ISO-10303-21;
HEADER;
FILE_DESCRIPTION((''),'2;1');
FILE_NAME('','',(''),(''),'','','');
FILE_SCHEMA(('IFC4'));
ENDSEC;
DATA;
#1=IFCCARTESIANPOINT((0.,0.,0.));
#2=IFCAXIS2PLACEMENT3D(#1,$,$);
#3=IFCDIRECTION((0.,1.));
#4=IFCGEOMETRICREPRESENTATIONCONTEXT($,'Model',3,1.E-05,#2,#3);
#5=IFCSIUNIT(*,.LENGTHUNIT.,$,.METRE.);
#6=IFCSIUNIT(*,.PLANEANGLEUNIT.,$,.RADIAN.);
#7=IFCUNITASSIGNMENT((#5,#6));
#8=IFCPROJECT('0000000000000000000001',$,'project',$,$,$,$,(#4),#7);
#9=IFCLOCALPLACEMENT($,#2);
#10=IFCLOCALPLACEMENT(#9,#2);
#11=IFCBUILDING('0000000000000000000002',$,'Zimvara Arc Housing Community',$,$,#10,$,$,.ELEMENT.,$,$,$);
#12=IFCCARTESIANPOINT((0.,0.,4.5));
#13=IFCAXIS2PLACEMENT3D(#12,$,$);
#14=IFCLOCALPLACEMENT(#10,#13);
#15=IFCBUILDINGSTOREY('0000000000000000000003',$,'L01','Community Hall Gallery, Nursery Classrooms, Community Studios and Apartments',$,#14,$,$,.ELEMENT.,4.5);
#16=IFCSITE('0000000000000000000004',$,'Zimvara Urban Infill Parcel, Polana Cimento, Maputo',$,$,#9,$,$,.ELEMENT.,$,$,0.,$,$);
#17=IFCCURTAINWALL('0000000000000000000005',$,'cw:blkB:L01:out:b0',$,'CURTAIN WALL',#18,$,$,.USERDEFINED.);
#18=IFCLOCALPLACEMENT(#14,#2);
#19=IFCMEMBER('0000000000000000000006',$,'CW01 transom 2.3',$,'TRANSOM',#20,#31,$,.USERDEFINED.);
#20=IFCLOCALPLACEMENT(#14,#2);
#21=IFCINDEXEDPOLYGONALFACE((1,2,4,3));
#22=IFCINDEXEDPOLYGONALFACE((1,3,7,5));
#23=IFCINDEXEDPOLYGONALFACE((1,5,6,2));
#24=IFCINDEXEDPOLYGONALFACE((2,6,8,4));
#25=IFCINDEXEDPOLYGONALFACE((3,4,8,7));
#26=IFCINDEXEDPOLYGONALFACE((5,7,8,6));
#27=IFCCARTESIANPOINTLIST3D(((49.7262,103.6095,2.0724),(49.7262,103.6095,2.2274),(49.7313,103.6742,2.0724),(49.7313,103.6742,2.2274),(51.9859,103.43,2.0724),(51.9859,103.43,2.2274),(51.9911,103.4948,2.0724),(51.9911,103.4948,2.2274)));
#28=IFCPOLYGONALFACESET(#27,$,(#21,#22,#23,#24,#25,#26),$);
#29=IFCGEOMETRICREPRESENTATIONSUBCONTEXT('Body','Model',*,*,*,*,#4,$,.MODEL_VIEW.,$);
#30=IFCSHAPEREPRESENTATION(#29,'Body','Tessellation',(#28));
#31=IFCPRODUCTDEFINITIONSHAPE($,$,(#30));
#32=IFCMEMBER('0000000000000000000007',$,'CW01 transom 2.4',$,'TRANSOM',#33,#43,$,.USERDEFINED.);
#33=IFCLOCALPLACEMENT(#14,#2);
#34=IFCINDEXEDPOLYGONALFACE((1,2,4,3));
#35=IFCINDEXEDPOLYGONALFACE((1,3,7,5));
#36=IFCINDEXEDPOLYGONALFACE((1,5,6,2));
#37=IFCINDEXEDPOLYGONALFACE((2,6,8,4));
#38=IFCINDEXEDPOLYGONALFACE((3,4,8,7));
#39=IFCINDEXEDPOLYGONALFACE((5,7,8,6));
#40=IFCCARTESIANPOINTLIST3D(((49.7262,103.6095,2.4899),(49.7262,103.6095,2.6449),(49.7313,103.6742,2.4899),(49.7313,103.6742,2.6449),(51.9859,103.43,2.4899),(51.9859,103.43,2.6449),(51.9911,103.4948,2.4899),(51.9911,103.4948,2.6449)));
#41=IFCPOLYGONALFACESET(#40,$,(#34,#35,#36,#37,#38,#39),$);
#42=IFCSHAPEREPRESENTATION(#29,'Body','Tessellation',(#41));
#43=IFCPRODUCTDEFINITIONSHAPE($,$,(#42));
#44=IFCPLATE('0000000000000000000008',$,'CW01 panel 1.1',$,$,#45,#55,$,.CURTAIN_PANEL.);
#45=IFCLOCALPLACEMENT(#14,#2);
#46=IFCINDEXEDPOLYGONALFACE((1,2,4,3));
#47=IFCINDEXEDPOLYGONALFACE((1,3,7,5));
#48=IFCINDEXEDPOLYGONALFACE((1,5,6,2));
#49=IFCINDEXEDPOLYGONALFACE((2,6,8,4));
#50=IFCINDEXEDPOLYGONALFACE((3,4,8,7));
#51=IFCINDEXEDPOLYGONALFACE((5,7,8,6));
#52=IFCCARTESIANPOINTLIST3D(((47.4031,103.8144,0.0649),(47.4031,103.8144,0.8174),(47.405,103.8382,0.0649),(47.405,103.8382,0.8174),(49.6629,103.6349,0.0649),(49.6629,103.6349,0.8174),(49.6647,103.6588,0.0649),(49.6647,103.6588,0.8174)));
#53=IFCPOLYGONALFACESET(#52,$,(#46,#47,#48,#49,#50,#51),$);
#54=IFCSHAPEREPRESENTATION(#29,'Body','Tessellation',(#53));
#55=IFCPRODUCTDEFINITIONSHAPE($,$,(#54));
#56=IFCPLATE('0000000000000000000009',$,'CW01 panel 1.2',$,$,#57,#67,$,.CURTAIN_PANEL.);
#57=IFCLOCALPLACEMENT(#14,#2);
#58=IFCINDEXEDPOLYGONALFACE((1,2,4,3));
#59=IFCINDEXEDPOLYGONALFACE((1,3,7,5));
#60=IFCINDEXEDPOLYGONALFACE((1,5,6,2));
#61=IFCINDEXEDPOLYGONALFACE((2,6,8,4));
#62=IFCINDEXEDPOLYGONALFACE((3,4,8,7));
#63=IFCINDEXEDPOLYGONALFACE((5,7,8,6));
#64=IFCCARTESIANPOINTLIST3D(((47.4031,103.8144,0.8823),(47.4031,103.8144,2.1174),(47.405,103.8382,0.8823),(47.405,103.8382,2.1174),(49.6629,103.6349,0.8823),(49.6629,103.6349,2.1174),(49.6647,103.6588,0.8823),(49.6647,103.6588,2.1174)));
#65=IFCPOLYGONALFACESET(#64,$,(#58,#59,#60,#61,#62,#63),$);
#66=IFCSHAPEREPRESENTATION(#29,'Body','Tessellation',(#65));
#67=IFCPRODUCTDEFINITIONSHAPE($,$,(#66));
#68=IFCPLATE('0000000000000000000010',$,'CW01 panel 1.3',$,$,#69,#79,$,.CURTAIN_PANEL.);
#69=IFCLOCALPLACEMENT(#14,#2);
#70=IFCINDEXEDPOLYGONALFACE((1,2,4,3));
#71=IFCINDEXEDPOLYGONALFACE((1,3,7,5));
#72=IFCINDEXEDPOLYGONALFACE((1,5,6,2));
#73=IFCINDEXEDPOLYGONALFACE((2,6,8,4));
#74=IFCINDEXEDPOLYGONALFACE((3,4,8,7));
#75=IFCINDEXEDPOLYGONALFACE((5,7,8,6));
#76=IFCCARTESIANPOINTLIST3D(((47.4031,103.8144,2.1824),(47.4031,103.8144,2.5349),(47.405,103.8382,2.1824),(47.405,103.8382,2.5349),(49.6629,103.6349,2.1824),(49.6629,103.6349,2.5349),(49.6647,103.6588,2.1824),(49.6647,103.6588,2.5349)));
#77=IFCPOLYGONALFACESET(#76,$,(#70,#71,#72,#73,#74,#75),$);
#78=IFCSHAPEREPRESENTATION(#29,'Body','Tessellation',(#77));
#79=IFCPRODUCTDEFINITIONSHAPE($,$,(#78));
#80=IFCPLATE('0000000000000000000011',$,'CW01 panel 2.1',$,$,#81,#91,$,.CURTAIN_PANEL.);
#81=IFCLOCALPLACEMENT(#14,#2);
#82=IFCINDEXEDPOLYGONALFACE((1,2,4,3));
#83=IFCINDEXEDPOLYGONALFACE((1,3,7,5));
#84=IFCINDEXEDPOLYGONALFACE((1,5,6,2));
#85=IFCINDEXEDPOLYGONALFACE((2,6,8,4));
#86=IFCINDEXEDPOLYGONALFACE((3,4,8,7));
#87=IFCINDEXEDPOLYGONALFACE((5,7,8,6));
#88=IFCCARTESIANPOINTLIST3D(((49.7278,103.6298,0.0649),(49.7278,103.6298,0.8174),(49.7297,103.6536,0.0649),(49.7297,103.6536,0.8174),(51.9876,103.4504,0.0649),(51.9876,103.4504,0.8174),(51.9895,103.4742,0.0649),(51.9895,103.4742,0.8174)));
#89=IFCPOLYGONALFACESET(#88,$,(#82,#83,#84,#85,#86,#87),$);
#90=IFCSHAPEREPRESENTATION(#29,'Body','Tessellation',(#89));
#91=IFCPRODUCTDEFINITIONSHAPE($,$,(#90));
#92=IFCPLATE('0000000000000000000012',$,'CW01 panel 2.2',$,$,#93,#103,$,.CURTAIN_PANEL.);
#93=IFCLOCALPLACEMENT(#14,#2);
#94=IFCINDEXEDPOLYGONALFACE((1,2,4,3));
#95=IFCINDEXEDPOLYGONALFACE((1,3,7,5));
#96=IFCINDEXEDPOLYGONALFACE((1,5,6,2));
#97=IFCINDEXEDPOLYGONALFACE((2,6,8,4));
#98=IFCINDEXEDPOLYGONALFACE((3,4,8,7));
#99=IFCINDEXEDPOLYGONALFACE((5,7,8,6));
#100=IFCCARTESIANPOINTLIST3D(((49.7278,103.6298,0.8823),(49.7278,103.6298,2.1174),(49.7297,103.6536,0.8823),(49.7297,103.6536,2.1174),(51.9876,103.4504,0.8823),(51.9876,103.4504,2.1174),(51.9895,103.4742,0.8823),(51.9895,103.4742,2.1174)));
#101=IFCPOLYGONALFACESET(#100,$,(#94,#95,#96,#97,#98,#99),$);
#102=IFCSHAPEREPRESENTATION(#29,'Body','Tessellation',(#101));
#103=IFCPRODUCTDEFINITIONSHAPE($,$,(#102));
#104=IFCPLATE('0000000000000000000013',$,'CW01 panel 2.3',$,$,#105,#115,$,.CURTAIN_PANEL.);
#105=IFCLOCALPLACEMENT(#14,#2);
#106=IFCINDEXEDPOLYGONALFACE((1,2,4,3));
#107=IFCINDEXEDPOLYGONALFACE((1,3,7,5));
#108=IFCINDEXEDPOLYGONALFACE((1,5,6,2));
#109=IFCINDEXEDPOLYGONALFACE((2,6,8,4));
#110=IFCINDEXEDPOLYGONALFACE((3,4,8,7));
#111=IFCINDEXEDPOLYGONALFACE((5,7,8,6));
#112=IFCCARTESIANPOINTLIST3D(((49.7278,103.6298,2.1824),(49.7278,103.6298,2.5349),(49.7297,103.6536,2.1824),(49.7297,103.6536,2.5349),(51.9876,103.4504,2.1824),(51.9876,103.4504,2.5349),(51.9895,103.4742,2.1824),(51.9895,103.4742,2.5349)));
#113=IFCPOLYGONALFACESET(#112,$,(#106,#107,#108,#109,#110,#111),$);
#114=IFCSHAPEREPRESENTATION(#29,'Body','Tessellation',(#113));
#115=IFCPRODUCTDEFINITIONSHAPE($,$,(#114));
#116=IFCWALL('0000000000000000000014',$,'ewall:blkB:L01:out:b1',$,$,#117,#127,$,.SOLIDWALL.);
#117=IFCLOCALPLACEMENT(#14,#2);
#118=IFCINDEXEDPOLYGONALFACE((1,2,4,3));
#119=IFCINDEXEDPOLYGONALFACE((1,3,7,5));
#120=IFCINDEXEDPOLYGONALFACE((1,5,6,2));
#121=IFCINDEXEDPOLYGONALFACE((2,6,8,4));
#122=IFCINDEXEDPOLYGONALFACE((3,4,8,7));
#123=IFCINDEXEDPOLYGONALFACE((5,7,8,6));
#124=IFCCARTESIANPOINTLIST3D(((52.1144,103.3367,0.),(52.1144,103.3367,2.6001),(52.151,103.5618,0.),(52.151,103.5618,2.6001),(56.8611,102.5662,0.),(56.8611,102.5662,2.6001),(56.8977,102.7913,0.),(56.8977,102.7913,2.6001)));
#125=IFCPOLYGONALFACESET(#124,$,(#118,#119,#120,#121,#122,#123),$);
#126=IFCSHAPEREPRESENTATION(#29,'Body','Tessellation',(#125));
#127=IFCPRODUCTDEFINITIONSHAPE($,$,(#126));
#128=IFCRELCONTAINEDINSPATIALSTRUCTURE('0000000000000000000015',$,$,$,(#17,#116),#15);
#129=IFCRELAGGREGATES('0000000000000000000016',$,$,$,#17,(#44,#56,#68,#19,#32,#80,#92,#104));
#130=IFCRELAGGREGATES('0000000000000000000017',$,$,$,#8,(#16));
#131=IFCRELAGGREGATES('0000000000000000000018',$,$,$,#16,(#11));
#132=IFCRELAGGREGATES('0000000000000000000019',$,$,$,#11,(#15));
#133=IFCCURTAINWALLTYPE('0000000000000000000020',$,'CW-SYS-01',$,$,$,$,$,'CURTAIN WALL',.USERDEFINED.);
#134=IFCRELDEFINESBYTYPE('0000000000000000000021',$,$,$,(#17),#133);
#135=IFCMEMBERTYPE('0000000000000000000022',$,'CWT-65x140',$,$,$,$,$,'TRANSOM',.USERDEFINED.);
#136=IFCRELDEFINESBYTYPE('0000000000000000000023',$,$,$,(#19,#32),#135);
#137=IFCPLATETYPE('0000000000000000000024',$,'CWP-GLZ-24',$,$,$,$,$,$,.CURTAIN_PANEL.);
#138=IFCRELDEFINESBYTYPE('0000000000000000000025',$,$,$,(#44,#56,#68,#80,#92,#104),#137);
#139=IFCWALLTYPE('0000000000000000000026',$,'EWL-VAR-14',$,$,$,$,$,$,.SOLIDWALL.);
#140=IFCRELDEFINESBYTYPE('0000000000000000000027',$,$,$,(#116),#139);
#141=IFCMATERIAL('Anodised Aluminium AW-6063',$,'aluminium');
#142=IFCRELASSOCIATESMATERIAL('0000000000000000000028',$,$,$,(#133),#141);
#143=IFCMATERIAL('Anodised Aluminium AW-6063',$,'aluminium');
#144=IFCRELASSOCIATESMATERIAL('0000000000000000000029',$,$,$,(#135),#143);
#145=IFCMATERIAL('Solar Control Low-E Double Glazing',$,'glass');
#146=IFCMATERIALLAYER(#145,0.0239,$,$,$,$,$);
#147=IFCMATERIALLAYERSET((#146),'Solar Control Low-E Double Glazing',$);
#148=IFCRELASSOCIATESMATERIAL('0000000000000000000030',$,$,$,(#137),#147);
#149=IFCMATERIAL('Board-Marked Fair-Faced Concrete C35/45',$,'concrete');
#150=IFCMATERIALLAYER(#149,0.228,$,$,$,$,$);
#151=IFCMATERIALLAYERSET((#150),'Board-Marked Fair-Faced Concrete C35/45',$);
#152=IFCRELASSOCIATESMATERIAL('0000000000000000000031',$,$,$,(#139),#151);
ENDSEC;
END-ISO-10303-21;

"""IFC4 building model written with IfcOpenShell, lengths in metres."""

from ifc_helpers import new_model, si_unit, direction, frame, frame_2d, origin, origin_2d, place, context, subcontext, project, spatial, rectangle, extrude, material, layer, layer_set, material_profile, profile_set, type_object, element, aggregate, save


model = new_model("IFC4")

# Units and contexts
model_context = context("Model", 3, precision=1e-05, world=origin(), true_north=direction((0.0, 1.0)))
body_context = subcontext(model_context, "Body", "Model", "MODEL_VIEW")
ifc_project = project(units=[si_unit("LENGTHUNIT", "METRE"), si_unit("PLANEANGLEUNIT", "RADIAN")], contexts=[model_context])

# Site, building, storey
site_placement = place(None, origin())
site = spatial("IfcSite", under=ifc_project, at=site_placement, Name="Zimvara Urban Infill Parcel, Polana Cimento, Maputo", CompositionType="ELEMENT", RefElevation=0.0)
building_placement = place(site_placement, origin())
building = spatial("IfcBuilding", under=site, at=building_placement, Name="Zimvara Arc Housing Community", CompositionType="ELEMENT")
storey_placement = place(building_placement, frame((0.0, 0.0, 4.5)))
storey = spatial("IfcBuildingStorey", under=building, at=storey_placement, Name="L01", Description="Community Hall Gallery, Nursery Classrooms, Community Studios and Apartments", CompositionType="ELEMENT", Elevation=4.5)

# Curtain wall, members, plates
ifc_material_1 = material(Name="Anodised Aluminium AW-6063", Category="aluminium")
curtain_wall_type = type_object("IfcCurtainWallType", Name="CW-SYS-01", ElementType="CURTAIN WALL", PredefinedType="USERDEFINED", material=ifc_material_1)
curtain_wall_placement = place(storey_placement, origin())
curtain_wall = element("IfcCurtainWall", 1, at=curtain_wall_placement, inside=storey, type_object=curtain_wall_type, Name="cw:blkB:L01:out:b0", ObjectType="CURTAIN WALL", PredefinedType="USERDEFINED")
ifc_material_2 = material(Name="Anodised Aluminium AW-6063", Category="aluminium")
ifc_material_profile_1 = material_profile(ifc_material_2, rectangle(XDim=0.0649, YDim=0.155, at=origin_2d()), Name="ALU 65x155")
ifc_profile_set_1 = profile_set([ifc_material_profile_1], Name="Anodised Aluminium AW-6063")
member_type_1 = type_object("IfcMemberType", Name="CWT-65x140", ElementType="TRANSOM", PredefinedType="USERDEFINED", material=ifc_profile_set_1)
member_1_placement = place(storey_placement, frame((49.7288, 103.6418, 2.1499), z_axis=(0.996862, -0.079159, 0.0), x_axis=(0.079159, 0.996862, 0.0)))
member_1 = element("IfcMember", 2, at=member_1_placement, type_object=member_type_1, Name="CW01 transom 2.3", ObjectType="TRANSOM", PredefinedType="USERDEFINED", context=body_context, shape_type="SweptSolid", body=[
    extrude(rectangle(XDim=0.0649, YDim=0.155, at=origin_2d()), origin(), (0.0, 0.0, 1.0), 2.2668),
])
member_2_placement = place(storey_placement, frame((49.7288, 103.6418, 2.5674), z_axis=(0.996862, -0.079159, 0.0), x_axis=(0.079159, 0.996862, 0.0)))
member_2 = element("IfcMember", 3, at=member_2_placement, type_object=member_type_1, Name="CW01 transom 2.4", ObjectType="TRANSOM", PredefinedType="USERDEFINED", context=body_context, shape_type="SweptSolid", body=[
    extrude(rectangle(XDim=0.0649, YDim=0.155, at=origin_2d()), origin(), (0.0, 0.0, 1.0), 2.2668),
])
ifc_material_3 = material(Name="Solar Control Low-E Double Glazing", Category="glass")
ifc_layer_1 = layer(ifc_material_3, 0.0239)
ifc_layer_set_1 = layer_set([ifc_layer_1], Name="Solar Control Low-E Double Glazing")
plate_type = type_object("IfcPlateType", Name="CWP-GLZ-24", PredefinedType="CURTAIN_PANEL", material=ifc_layer_set_1)
plate_1_placement = place(storey_placement, frame((48.5339, 103.7366, 0.0649), z_axis=(0.0, 0.0, 1.0), x_axis=(0.996862, -0.079154, 0.0)))
plate_1 = element("IfcPlate", 4, at=plate_1_placement, type_object=plate_type, Name="CW01 panel 1.1", PredefinedType="CURTAIN_PANEL", context=body_context, shape_type="SweptSolid", body=[
    extrude(rectangle(XDim=2.2668, YDim=0.0239, at=origin_2d()), origin(), (0.0, 0.0, 1.0), 0.7524),
])
plate_2_placement = place(storey_placement, frame((48.5339, 103.7366, 0.8823), z_axis=(0.0, 0.0, 1.0), x_axis=(0.996862, -0.079154, 0.0)))
plate_2 = element("IfcPlate", 5, at=plate_2_placement, type_object=plate_type, Name="CW01 panel 1.2", PredefinedType="CURTAIN_PANEL", context=body_context, shape_type="SweptSolid", body=[
    extrude(rectangle(XDim=2.2668, YDim=0.0239, at=origin_2d()), origin(), (0.0, 0.0, 1.0), 1.2351),
])
plate_3_placement = place(storey_placement, frame((48.5339, 103.7366, 2.1824), z_axis=(0.0, 0.0, 1.0), x_axis=(0.996862, -0.079154, 0.0)))
plate_3 = element("IfcPlate", 6, at=plate_3_placement, type_object=plate_type, Name="CW01 panel 1.3", PredefinedType="CURTAIN_PANEL", context=body_context, shape_type="SweptSolid", body=[
    extrude(rectangle(XDim=2.2668, YDim=0.0239, at=origin_2d()), origin(), (0.0, 0.0, 1.0), 0.3525),
])
plate_4_placement = place(storey_placement, frame((50.8586, 103.552, 0.0649), z_axis=(0.0, 0.0, 1.0), x_axis=(0.996862, -0.079154, 0.0)))
plate_4 = element("IfcPlate", 7, at=plate_4_placement, type_object=plate_type, Name="CW01 panel 2.1", PredefinedType="CURTAIN_PANEL", context=body_context, shape_type="SweptSolid", body=[
    extrude(rectangle(XDim=2.2668, YDim=0.0239, at=origin_2d()), origin(), (0.0, 0.0, 1.0), 0.7524),
])
plate_5_placement = place(storey_placement, frame((50.8586, 103.552, 0.8823), z_axis=(0.0, 0.0, 1.0), x_axis=(0.996862, -0.079154, 0.0)))
plate_5 = element("IfcPlate", 8, at=plate_5_placement, type_object=plate_type, Name="CW01 panel 2.2", PredefinedType="CURTAIN_PANEL", context=body_context, shape_type="SweptSolid", body=[
    extrude(rectangle(XDim=2.2668, YDim=0.0239, at=origin_2d()), origin(), (0.0, 0.0, 1.0), 1.2351),
])
plate_6_placement = place(storey_placement, frame((50.8586, 103.552, 2.1824), z_axis=(0.0, 0.0, 1.0), x_axis=(0.996862, -0.079154, 0.0)))
plate_6 = element("IfcPlate", 9, at=plate_6_placement, type_object=plate_type, Name="CW01 panel 2.3", PredefinedType="CURTAIN_PANEL", context=body_context, shape_type="SweptSolid", body=[
    extrude(rectangle(XDim=2.2668, YDim=0.0239, at=origin_2d()), origin(), (0.0, 0.0, 1.0), 0.3525),
])
aggregate(curtain_wall, [plate_1, plate_2, plate_3, member_1, member_2, plate_4, plate_5, plate_6])

# Wall
ifc_material_4 = material(Name="Board-Marked Fair-Faced Concrete C35/45", Category="concrete")
ifc_layer_2 = layer(ifc_material_4, 0.228)
ifc_layer_set_2 = layer_set([ifc_layer_2], Name="Board-Marked Fair-Faced Concrete C35/45")
wall_type = type_object("IfcWallType", Name="EWL-VAR-14", PredefinedType="SOLIDWALL", material=ifc_layer_set_2)
wall_placement = place(storey_placement, frame((52.1328, 103.4492, 0.0), z_axis=(0.0, 0.0, 1.0), x_axis=(0.987081, -0.160224, 0.0)))
element("IfcWall", 10, at=wall_placement, inside=storey, type_object=wall_type, Name="ewall:blkB:L01:out:b1", PredefinedType="SOLIDWALL", context=body_context, shape_type="SweptSolid", body=[
    extrude(rectangle(XDim=4.8088, YDim=0.228, at=frame_2d((2.4043, 0.0))), origin(), (0.0, 0.0, 1.0), 2.6001),
])

save(model, "model.ifc")
